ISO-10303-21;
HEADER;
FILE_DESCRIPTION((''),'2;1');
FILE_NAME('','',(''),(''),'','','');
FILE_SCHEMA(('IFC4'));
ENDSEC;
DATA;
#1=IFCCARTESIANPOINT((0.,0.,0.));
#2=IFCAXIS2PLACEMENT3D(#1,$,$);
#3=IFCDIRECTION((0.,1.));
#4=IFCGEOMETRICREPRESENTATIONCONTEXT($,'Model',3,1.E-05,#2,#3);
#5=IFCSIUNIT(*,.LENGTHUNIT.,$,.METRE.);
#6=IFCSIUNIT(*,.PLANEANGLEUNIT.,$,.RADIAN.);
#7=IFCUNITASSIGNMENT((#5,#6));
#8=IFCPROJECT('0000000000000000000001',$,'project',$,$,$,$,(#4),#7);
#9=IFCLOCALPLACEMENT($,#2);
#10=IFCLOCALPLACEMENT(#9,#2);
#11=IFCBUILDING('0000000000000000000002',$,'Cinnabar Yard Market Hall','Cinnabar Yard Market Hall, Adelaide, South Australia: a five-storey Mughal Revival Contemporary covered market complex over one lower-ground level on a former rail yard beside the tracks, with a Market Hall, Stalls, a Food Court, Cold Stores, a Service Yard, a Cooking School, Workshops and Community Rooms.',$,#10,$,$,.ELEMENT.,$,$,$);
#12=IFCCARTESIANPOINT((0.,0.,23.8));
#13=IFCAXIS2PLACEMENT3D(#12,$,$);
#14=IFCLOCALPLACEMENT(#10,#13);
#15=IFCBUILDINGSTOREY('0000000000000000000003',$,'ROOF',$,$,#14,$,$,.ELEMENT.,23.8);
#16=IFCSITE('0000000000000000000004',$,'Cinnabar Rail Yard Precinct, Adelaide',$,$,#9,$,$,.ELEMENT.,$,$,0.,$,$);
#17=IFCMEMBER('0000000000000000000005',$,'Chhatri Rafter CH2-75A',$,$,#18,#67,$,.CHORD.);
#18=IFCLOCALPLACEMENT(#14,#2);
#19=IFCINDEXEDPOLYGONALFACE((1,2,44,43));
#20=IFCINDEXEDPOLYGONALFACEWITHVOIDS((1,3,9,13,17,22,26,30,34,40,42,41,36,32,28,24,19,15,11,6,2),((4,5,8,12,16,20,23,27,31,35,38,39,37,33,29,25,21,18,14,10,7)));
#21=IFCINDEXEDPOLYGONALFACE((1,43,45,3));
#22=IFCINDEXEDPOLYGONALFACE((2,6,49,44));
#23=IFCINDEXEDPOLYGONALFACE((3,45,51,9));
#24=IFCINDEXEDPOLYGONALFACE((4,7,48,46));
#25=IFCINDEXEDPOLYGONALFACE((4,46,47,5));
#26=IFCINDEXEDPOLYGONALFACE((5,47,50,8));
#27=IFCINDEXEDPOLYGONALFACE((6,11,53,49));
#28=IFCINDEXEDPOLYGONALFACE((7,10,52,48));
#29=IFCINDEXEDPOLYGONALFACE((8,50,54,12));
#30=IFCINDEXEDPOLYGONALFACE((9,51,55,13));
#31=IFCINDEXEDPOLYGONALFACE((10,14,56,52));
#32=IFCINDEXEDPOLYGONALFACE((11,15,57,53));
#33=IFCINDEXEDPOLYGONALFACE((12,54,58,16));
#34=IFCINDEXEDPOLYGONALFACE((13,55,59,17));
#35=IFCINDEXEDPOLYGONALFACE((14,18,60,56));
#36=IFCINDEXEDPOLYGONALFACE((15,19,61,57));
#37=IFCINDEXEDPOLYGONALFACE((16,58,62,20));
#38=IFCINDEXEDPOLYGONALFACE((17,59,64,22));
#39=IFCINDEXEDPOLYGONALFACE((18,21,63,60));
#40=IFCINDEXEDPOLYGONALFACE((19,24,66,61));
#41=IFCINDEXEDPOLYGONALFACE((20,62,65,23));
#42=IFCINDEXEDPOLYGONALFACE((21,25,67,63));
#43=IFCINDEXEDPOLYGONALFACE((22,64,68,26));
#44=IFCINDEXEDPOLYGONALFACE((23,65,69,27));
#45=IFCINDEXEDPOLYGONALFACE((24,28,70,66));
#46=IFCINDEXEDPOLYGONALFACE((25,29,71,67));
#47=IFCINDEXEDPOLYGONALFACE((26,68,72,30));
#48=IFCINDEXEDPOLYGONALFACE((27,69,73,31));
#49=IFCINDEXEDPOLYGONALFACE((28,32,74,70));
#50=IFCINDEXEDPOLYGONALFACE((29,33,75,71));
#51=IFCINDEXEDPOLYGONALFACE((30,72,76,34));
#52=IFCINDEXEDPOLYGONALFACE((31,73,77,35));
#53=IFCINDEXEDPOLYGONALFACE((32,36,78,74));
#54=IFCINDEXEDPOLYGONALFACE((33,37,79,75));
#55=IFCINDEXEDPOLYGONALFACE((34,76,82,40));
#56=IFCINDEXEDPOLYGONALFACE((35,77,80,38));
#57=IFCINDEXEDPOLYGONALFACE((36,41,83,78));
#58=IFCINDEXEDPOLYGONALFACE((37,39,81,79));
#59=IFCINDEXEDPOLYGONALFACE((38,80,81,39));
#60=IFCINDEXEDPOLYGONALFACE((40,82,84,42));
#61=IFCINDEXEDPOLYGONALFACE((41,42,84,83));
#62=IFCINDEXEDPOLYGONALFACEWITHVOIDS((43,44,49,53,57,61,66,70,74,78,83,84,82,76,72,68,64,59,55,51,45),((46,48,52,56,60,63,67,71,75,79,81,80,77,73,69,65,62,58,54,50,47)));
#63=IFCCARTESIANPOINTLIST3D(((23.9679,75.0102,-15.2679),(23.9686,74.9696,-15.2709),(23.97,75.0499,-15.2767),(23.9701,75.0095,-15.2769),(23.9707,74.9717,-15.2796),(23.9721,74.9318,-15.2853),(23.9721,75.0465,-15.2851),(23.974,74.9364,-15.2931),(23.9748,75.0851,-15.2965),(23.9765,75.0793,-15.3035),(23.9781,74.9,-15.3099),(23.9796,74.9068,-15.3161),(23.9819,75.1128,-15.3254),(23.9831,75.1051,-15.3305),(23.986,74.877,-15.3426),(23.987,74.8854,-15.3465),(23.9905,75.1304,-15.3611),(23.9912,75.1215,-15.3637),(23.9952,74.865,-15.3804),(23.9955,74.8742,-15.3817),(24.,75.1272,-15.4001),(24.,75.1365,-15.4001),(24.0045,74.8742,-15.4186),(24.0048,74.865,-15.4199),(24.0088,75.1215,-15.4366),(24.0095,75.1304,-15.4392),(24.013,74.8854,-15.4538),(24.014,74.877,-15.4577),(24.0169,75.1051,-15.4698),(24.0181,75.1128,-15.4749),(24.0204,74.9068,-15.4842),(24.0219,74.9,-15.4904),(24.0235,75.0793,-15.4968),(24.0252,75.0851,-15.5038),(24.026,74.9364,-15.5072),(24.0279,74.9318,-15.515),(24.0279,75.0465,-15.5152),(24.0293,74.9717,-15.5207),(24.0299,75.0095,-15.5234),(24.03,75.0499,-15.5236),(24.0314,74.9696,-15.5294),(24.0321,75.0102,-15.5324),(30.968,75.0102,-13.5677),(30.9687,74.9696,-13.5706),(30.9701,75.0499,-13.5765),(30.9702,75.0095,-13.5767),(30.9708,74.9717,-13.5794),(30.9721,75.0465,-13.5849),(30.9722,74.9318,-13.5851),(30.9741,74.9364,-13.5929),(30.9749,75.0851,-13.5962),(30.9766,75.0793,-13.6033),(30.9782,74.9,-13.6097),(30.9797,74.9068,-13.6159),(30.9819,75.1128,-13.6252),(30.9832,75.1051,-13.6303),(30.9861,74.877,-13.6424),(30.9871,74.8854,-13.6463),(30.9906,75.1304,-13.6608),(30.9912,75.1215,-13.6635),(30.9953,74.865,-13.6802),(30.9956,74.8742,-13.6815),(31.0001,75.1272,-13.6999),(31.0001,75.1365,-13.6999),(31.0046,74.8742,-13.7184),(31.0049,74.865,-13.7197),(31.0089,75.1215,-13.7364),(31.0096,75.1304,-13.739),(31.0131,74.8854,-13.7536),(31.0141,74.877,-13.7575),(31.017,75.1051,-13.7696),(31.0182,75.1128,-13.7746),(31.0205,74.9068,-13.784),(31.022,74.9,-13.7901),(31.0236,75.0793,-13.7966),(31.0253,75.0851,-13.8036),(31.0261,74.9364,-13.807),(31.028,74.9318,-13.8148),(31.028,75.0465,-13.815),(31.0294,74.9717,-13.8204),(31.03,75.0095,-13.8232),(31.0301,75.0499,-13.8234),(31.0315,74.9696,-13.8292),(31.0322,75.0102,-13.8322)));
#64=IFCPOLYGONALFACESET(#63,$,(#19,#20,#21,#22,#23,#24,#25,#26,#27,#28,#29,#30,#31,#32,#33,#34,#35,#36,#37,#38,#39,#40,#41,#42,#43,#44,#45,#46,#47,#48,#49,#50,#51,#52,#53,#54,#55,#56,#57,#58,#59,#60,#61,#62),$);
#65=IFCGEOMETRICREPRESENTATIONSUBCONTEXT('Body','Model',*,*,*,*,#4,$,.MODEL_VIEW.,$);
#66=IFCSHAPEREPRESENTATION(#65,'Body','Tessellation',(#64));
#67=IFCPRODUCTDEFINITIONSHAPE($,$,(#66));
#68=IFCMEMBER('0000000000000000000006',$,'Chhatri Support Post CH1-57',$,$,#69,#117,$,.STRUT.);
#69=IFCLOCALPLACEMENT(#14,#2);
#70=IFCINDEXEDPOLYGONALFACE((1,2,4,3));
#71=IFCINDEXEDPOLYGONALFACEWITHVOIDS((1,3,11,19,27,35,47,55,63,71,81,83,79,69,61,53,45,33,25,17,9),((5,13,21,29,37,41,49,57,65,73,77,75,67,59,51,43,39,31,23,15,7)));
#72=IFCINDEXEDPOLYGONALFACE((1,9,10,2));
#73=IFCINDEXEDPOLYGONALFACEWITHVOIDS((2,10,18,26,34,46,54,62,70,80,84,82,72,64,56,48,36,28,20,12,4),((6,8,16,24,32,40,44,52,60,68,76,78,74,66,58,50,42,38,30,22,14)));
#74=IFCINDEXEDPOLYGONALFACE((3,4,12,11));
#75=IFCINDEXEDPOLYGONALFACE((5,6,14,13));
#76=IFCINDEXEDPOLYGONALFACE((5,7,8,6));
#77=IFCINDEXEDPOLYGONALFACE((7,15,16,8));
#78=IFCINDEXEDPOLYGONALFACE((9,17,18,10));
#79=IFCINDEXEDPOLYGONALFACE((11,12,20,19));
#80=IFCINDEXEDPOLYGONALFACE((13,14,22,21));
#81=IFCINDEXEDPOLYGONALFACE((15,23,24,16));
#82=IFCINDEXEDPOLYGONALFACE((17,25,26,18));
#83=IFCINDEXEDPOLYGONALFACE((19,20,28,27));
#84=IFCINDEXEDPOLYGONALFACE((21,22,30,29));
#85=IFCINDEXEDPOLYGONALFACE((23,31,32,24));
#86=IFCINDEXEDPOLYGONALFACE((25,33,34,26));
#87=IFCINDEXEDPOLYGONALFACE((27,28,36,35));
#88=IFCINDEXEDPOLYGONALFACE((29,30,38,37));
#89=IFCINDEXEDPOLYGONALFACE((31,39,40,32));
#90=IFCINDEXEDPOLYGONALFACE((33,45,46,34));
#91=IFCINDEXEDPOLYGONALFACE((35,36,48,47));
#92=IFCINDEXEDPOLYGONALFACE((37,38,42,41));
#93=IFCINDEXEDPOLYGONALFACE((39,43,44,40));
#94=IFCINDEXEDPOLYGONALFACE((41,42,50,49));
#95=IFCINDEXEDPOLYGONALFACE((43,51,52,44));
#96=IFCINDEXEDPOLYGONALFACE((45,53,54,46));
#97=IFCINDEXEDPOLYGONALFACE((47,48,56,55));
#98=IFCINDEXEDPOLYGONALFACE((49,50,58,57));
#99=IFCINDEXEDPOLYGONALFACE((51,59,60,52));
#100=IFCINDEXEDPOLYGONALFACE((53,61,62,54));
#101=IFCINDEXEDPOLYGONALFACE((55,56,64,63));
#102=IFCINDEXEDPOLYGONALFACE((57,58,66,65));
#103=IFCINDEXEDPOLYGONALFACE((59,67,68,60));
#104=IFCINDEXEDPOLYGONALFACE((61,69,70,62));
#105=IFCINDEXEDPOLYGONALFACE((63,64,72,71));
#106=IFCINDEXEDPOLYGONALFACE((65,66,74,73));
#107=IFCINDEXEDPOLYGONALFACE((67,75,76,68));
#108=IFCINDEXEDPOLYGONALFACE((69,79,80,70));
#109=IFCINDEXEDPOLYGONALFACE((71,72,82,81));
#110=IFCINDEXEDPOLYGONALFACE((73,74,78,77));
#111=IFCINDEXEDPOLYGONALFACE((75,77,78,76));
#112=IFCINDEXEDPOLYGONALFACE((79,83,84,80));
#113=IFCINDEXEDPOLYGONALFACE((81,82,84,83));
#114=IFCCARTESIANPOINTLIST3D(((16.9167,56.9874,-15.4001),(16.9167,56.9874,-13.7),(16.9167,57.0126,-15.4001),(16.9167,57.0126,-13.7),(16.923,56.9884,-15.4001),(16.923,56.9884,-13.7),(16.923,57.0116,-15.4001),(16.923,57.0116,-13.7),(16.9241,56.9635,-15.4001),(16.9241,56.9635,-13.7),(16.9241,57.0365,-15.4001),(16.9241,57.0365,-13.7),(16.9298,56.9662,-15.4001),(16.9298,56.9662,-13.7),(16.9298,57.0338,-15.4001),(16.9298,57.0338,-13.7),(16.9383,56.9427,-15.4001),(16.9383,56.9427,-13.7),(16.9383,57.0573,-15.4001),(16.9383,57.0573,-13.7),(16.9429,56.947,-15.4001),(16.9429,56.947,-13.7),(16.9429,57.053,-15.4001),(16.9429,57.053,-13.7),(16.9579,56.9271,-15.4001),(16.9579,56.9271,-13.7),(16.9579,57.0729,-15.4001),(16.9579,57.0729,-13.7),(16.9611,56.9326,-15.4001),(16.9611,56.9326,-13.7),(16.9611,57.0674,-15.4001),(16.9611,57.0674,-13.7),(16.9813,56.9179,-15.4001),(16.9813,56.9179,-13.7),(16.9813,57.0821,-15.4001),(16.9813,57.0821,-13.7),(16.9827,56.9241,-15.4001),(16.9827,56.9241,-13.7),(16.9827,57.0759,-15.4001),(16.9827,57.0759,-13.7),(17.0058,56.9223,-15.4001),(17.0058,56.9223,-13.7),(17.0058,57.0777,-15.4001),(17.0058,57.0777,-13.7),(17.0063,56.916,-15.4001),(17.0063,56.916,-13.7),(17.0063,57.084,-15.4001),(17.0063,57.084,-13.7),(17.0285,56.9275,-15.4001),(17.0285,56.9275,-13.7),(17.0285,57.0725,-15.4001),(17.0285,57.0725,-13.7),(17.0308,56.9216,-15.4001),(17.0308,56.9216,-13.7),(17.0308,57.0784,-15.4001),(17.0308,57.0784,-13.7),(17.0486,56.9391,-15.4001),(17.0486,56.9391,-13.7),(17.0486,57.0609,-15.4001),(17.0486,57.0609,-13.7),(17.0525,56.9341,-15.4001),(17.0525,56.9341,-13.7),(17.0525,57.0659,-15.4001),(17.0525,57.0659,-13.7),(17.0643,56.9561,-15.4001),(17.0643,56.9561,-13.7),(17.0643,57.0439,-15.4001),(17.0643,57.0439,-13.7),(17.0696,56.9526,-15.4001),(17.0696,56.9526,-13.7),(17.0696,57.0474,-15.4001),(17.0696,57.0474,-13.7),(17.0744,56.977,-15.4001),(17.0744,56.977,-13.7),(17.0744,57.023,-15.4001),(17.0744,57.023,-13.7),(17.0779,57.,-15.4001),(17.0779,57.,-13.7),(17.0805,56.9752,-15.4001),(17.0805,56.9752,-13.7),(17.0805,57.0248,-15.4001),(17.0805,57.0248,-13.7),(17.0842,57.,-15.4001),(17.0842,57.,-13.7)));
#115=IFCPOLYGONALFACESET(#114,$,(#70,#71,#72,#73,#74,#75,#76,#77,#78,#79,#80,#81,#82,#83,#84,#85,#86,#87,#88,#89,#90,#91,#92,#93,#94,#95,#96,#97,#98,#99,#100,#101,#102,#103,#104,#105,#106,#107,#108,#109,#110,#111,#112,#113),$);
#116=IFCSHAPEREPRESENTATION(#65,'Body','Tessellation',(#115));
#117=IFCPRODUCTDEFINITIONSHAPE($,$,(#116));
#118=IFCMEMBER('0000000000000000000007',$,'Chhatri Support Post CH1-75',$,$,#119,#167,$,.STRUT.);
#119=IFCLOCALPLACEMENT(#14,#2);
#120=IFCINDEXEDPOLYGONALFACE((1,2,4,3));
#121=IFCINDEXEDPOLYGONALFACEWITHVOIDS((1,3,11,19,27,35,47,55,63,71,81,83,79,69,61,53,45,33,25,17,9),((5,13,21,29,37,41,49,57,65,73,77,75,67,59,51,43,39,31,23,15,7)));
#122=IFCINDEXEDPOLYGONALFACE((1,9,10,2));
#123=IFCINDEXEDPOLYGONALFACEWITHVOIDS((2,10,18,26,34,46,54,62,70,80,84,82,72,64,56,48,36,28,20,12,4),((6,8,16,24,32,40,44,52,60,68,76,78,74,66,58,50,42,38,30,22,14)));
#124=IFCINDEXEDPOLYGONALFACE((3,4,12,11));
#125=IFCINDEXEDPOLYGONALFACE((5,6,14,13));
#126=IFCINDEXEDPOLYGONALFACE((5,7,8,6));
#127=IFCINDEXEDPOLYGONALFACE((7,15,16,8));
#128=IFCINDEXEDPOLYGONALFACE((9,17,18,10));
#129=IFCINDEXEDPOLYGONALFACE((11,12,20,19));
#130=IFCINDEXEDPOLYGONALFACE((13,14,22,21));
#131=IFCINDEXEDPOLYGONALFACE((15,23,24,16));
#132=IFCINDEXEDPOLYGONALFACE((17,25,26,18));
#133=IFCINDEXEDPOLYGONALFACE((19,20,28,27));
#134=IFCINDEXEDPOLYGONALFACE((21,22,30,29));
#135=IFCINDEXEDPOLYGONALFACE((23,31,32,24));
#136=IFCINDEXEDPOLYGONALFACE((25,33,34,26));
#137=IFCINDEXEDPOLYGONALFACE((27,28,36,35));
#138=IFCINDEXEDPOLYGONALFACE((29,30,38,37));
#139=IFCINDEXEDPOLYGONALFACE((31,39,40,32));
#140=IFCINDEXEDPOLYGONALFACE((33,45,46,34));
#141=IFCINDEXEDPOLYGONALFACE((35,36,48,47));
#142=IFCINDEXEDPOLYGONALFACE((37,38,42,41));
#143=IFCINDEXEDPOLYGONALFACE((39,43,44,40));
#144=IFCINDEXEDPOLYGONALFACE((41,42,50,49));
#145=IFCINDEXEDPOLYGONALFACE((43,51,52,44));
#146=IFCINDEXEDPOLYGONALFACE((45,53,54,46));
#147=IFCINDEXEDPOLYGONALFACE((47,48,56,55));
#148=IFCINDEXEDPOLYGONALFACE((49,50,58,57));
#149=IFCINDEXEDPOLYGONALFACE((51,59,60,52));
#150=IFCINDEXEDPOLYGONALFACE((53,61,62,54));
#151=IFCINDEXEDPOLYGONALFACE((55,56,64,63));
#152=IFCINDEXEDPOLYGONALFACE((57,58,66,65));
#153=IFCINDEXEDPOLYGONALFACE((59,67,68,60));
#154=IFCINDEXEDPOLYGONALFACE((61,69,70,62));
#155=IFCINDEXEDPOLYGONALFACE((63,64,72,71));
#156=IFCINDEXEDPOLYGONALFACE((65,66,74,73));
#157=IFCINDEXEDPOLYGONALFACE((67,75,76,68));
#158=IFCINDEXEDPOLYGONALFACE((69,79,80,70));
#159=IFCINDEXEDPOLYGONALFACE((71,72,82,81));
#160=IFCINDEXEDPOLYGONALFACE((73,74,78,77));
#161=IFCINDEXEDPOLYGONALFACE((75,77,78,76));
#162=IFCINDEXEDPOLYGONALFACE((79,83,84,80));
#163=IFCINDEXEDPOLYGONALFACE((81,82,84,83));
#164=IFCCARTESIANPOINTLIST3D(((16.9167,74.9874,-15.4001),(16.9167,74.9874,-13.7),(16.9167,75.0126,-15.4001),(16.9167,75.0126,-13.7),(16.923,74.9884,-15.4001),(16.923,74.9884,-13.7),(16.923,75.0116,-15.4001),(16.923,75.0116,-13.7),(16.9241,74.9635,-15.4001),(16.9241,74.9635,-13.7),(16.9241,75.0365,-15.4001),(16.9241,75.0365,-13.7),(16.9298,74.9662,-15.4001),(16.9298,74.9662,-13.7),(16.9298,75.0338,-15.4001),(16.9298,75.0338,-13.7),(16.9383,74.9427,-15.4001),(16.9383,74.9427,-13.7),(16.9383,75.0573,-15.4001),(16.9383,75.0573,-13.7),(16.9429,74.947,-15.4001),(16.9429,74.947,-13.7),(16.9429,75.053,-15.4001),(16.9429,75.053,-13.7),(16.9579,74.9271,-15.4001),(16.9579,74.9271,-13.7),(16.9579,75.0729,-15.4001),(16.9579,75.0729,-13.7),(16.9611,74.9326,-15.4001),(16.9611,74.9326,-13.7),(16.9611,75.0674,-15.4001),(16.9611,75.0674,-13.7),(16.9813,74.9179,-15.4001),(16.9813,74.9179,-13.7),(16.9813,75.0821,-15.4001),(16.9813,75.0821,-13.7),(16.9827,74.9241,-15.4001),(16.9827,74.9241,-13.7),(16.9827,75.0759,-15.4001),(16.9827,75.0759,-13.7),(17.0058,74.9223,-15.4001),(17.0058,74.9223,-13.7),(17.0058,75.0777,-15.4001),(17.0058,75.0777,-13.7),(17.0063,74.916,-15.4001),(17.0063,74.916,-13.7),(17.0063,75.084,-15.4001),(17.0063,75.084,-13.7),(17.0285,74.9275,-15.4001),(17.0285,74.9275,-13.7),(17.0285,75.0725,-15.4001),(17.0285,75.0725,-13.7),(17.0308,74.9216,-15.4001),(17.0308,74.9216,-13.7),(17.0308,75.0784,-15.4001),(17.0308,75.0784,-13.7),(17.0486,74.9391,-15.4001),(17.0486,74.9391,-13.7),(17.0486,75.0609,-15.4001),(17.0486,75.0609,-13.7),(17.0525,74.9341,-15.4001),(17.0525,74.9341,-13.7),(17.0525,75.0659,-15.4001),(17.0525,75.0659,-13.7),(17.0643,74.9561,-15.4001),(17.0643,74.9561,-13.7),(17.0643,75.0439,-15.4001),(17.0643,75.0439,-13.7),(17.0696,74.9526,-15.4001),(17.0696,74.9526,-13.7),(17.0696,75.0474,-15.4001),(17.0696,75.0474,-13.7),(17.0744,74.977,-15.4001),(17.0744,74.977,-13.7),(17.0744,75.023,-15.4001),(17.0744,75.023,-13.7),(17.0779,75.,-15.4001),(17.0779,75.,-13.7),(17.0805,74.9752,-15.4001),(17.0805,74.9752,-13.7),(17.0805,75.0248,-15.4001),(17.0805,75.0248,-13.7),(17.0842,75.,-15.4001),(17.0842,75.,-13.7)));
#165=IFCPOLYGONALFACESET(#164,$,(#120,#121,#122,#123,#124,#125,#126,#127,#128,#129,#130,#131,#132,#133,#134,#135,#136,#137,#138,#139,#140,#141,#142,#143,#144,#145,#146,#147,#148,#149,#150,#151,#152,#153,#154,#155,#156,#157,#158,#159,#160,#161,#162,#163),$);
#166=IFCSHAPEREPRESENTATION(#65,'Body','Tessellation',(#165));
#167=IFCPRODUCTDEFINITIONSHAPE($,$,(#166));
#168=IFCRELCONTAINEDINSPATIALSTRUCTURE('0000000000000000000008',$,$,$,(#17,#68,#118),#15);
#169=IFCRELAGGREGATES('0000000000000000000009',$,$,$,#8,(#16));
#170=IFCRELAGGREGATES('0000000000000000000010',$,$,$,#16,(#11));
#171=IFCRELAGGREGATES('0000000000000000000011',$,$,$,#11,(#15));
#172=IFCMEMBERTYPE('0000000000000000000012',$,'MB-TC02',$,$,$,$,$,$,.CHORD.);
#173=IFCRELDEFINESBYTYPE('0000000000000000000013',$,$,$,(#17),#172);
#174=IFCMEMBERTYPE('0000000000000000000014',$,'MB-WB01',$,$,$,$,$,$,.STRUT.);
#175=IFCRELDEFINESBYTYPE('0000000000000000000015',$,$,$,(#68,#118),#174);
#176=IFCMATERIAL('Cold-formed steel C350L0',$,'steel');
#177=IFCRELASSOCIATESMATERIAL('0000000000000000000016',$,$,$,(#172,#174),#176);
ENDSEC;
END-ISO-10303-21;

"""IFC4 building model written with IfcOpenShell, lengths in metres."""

from ifc_helpers import new_model, si_unit, direction, frame, origin, origin_2d_with_axis, place, context, subcontext, project, spatial, hollow_circle, extrude, material, material_profile, profile_set, type_object, element, save


model = new_model("IFC4")

# Units and contexts
model_context = context("Model", 3, precision=1e-05, world=origin(), true_north=direction((0.0, 1.0)))
body_context = subcontext(model_context, "Body", "Model", "MODEL_VIEW")
ifc_project = project(units=[si_unit("LENGTHUNIT", "METRE"), si_unit("PLANEANGLEUNIT", "RADIAN")], contexts=[model_context])

# Site, building, storey
site_placement = place(None, origin())
site = spatial("IfcSite", under=ifc_project, at=site_placement, Name="Cinnabar Rail Yard Precinct, Adelaide", CompositionType="ELEMENT", RefElevation=0.0)
building_placement = place(site_placement, origin())
building = spatial("IfcBuilding", under=site, at=building_placement, Name="Cinnabar Yard Market Hall", Description="Cinnabar Yard Market Hall, Adelaide, South Australia: a five-storey Mughal Revival Contemporary covered market complex over one lower-ground level on a former rail yard beside the tracks, with a Market Hall, Stalls, a Food Court, Cold Stores, a Service Yard, a Cooking School, Workshops and Community Rooms.", CompositionType="ELEMENT")
storey_placement = place(building_placement, frame((0.0, 0.0, 23.8)))
storey = spatial("IfcBuildingStorey", under=building, at=storey_placement, Name="ROOF", CompositionType="ELEMENT", Elevation=23.8)

# Members
ifc_material_1 = material(Name="Cold-formed steel C350L0", Category="steel")
ifc_material_profile_1 = material_profile(ifc_material_1, hollow_circle(Radius=0.1365, WallThickness=0.0093, at=origin_2d_with_axis()), Name="273.1x9.3CHS")
ifc_profile_set_1 = profile_set([ifc_material_profile_1], Name="Cold-formed steel C350L0")
member_type_1 = type_object("IfcMemberType", Name="MB-TC02", PredefinedType="CHORD", material=ifc_profile_set_1)
for number, where, z_axis, x_axis, name in (
    (1, (24.0, 75.0, -15.4001), (0.971747, 0.0, 0.236023), (0.0, 1.0, 0.0), "Chhatri Rafter CH2-75A"),
):
    element("IfcMember", number, at=place(storey_placement, frame(where, z_axis=z_axis, x_axis=x_axis)), inside=storey, type_object=member_type_1, Name=name, PredefinedType="CHORD", context=body_context, shape_type="SweptSolid", body=[
        extrude(hollow_circle(Radius=0.1365, WallThickness=0.0093, at=origin_2d_with_axis()), origin(), (0.0, 0.0, 1.0), 7.2036),
    ])
ifc_material_profile_2 = material_profile(ifc_material_1, hollow_circle(Radius=0.0842, WallThickness=0.0063, at=origin_2d_with_axis()), Name="168.3x6.4CHS")
ifc_profile_set_2 = profile_set([ifc_material_profile_2], Name="Cold-formed steel C350L0")
member_type_2 = type_object("IfcMemberType", Name="MB-WB01", PredefinedType="STRUT", material=ifc_profile_set_2)
for number, where, z_axis, x_axis, name in (
    (2, (17.0, 57.0, -15.4001), (0.0, 0.0, 1.0), (1.0, 0.0, 0.0), "Chhatri Support Post CH1-57"),
    (3, (17.0, 75.0, -15.4001), (0.0, 0.0, 1.0), (1.0, 0.0, 0.0), "Chhatri Support Post CH1-75"),
):
    element("IfcMember", number, at=place(storey_placement, frame(where, z_axis=z_axis, x_axis=x_axis)), inside=storey, type_object=member_type_2, Name=name, PredefinedType="STRUT", context=body_context, shape_type="SweptSolid", body=[
        extrude(hollow_circle(Radius=0.0842, WallThickness=0.0063, at=origin_2d_with_axis()), origin(), (0.0, 0.0, 1.0), 1.7002),
    ])

save(model, "model.ifc")
